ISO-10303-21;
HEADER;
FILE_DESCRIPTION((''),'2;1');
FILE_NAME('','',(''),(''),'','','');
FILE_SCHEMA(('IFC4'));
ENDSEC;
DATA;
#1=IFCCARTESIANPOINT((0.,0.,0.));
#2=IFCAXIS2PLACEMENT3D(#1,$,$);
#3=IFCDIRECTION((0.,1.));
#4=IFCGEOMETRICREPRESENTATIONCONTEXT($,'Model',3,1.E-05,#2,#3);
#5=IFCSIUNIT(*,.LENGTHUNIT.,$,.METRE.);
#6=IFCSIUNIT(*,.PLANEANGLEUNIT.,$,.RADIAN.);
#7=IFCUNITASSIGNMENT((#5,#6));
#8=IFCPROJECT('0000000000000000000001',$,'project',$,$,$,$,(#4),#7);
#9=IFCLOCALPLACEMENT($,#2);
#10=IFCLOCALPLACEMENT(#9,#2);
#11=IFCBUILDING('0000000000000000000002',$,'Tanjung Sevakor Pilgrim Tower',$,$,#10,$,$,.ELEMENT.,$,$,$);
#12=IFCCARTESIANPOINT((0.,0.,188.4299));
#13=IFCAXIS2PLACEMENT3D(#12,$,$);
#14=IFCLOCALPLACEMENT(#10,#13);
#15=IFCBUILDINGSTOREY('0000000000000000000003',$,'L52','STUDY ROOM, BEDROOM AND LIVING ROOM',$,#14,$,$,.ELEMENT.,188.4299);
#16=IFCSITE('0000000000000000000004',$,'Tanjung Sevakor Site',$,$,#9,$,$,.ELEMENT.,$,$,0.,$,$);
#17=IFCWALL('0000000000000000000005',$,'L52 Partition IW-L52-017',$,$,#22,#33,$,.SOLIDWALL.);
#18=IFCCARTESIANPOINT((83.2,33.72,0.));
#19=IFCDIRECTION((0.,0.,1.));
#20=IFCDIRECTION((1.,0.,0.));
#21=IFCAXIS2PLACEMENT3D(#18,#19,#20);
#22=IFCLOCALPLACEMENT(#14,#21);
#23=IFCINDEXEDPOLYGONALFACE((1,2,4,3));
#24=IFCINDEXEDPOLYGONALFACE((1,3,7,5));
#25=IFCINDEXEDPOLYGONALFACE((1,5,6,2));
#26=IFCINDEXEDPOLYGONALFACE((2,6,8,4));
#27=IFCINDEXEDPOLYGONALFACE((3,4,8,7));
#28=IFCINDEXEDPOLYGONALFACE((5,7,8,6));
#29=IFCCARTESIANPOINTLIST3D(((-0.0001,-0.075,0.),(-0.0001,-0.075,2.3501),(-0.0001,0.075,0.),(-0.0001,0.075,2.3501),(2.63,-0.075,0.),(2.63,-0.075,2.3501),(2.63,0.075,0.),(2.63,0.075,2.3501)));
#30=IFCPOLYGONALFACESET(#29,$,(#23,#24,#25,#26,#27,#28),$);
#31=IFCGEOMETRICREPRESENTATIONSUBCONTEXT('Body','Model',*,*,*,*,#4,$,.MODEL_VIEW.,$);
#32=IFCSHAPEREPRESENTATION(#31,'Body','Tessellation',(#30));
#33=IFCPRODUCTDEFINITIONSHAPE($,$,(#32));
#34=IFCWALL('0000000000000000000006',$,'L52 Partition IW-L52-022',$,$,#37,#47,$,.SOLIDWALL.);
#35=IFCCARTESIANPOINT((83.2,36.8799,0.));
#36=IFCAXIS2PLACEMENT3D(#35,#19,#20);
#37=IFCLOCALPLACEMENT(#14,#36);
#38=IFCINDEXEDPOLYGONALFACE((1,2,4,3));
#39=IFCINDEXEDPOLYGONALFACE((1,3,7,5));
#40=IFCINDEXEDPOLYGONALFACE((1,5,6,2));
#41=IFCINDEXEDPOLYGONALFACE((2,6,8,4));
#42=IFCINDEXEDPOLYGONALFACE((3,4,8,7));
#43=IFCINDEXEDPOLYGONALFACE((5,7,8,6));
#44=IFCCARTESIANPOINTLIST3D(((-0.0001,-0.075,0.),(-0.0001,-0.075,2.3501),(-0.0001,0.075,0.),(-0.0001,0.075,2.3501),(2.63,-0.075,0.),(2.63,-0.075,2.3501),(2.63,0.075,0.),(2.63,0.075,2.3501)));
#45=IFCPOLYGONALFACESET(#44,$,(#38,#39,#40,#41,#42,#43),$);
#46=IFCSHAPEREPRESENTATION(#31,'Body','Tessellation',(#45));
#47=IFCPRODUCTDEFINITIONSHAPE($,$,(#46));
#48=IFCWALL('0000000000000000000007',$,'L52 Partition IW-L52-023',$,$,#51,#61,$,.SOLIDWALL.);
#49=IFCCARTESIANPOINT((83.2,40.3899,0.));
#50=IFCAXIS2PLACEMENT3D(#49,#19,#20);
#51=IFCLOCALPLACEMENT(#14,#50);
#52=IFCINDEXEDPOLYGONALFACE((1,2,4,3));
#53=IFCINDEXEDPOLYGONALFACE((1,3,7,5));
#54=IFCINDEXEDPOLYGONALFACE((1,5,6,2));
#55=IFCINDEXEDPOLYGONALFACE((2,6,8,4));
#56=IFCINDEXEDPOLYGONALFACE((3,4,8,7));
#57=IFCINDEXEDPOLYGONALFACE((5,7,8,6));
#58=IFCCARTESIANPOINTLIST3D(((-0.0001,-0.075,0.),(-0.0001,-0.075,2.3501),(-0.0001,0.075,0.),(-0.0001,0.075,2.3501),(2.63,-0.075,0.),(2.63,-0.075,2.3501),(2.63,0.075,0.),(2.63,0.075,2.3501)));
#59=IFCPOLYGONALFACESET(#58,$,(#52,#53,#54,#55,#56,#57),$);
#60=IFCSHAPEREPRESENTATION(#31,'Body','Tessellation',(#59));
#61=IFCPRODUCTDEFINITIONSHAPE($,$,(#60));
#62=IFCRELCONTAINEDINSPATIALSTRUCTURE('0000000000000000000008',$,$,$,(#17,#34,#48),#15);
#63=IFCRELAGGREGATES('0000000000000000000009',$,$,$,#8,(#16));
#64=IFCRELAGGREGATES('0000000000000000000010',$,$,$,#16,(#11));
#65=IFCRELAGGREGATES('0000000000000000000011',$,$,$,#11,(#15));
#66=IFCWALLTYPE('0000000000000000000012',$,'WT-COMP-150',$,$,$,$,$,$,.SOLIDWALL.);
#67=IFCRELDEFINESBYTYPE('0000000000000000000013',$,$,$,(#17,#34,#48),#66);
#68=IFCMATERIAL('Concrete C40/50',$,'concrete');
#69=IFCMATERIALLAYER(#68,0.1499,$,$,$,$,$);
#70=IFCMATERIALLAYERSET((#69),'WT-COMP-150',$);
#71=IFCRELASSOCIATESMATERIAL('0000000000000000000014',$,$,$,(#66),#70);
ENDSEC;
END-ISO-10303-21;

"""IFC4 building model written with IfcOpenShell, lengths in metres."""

from ifc_helpers import new_model, si_unit, direction, frame, frame_2d, origin, place, context, subcontext, project, spatial, rectangle, extrude, material, layer, layer_set, type_object, element, save


model = new_model("IFC4")

# Units and contexts
model_context = context("Model", 3, precision=1e-05, world=origin(), true_north=direction((0.0, 1.0)))
body_context = subcontext(model_context, "Body", "Model", "MODEL_VIEW")
ifc_project = project(units=[si_unit("LENGTHUNIT", "METRE"), si_unit("PLANEANGLEUNIT", "RADIAN")], contexts=[model_context])

# Site, building, storey
site_placement = place(None, origin())
site = spatial("IfcSite", under=ifc_project, at=site_placement, Name="Tanjung Sevakor Site", CompositionType="ELEMENT", RefElevation=0.0)
building_placement = place(site_placement, origin())
building = spatial("IfcBuilding", under=site, at=building_placement, Name="Tanjung Sevakor Pilgrim Tower", CompositionType="ELEMENT")
storey_placement = place(building_placement, frame((0.0, 0.0, 188.4299)))
storey = spatial("IfcBuildingStorey", under=building, at=storey_placement, Name="L52", Description="STUDY ROOM, BEDROOM AND LIVING ROOM", CompositionType="ELEMENT", Elevation=188.4299)

# Walls
ifc_material_1 = material(Name="Concrete C40/50", Category="concrete")
ifc_layer_1 = layer(ifc_material_1, 0.1499)
ifc_layer_set_1 = layer_set([ifc_layer_1], Name="WT-COMP-150")
wall_type_1 = type_object("IfcWallType", Name="WT-COMP-150", PredefinedType="SOLIDWALL", material=ifc_layer_set_1)
wall_1_placement = place(storey_placement, frame((83.2, 33.72, 0.0), z_axis=(0.0, 0.0, 1.0), x_axis=(1.0, 0.0, 0.0)))
element("IfcWall", 1, at=wall_1_placement, inside=storey, type_object=wall_type_1, Name="L52 Partition IW-L52-017", PredefinedType="SOLIDWALL", context=body_context, shape_type="SweptSolid", body=[
    extrude(rectangle(XDim=2.6301, YDim=0.1499, at=frame_2d((1.3149, 0.0))), origin(), (0.0, 0.0, 1.0), 2.3501),
])
for number, where, z_axis, x_axis, name in (
    (2, (83.2, 36.8799, 0.0), (0.0, 0.0, 1.0), (1.0, 0.0, 0.0), "L52 Partition IW-L52-022"),
    (3, (83.2, 40.3899, 0.0), (0.0, 0.0, 1.0), (1.0, 0.0, 0.0), "L52 Partition IW-L52-023"),
):
    element("IfcWall", number, at=place(storey_placement, frame(where, z_axis=z_axis, x_axis=x_axis)), inside=storey, type_object=wall_type_1, Name=name, PredefinedType="SOLIDWALL", context=body_context, shape_type="SweptSolid", body=[
        extrude(rectangle(XDim=2.6301, YDim=0.1499, at=frame_2d((1.3149, 0.0))), origin(), (0.0, 0.0, 1.0), 2.3501),
    ])

save(model, "model.ifc")
